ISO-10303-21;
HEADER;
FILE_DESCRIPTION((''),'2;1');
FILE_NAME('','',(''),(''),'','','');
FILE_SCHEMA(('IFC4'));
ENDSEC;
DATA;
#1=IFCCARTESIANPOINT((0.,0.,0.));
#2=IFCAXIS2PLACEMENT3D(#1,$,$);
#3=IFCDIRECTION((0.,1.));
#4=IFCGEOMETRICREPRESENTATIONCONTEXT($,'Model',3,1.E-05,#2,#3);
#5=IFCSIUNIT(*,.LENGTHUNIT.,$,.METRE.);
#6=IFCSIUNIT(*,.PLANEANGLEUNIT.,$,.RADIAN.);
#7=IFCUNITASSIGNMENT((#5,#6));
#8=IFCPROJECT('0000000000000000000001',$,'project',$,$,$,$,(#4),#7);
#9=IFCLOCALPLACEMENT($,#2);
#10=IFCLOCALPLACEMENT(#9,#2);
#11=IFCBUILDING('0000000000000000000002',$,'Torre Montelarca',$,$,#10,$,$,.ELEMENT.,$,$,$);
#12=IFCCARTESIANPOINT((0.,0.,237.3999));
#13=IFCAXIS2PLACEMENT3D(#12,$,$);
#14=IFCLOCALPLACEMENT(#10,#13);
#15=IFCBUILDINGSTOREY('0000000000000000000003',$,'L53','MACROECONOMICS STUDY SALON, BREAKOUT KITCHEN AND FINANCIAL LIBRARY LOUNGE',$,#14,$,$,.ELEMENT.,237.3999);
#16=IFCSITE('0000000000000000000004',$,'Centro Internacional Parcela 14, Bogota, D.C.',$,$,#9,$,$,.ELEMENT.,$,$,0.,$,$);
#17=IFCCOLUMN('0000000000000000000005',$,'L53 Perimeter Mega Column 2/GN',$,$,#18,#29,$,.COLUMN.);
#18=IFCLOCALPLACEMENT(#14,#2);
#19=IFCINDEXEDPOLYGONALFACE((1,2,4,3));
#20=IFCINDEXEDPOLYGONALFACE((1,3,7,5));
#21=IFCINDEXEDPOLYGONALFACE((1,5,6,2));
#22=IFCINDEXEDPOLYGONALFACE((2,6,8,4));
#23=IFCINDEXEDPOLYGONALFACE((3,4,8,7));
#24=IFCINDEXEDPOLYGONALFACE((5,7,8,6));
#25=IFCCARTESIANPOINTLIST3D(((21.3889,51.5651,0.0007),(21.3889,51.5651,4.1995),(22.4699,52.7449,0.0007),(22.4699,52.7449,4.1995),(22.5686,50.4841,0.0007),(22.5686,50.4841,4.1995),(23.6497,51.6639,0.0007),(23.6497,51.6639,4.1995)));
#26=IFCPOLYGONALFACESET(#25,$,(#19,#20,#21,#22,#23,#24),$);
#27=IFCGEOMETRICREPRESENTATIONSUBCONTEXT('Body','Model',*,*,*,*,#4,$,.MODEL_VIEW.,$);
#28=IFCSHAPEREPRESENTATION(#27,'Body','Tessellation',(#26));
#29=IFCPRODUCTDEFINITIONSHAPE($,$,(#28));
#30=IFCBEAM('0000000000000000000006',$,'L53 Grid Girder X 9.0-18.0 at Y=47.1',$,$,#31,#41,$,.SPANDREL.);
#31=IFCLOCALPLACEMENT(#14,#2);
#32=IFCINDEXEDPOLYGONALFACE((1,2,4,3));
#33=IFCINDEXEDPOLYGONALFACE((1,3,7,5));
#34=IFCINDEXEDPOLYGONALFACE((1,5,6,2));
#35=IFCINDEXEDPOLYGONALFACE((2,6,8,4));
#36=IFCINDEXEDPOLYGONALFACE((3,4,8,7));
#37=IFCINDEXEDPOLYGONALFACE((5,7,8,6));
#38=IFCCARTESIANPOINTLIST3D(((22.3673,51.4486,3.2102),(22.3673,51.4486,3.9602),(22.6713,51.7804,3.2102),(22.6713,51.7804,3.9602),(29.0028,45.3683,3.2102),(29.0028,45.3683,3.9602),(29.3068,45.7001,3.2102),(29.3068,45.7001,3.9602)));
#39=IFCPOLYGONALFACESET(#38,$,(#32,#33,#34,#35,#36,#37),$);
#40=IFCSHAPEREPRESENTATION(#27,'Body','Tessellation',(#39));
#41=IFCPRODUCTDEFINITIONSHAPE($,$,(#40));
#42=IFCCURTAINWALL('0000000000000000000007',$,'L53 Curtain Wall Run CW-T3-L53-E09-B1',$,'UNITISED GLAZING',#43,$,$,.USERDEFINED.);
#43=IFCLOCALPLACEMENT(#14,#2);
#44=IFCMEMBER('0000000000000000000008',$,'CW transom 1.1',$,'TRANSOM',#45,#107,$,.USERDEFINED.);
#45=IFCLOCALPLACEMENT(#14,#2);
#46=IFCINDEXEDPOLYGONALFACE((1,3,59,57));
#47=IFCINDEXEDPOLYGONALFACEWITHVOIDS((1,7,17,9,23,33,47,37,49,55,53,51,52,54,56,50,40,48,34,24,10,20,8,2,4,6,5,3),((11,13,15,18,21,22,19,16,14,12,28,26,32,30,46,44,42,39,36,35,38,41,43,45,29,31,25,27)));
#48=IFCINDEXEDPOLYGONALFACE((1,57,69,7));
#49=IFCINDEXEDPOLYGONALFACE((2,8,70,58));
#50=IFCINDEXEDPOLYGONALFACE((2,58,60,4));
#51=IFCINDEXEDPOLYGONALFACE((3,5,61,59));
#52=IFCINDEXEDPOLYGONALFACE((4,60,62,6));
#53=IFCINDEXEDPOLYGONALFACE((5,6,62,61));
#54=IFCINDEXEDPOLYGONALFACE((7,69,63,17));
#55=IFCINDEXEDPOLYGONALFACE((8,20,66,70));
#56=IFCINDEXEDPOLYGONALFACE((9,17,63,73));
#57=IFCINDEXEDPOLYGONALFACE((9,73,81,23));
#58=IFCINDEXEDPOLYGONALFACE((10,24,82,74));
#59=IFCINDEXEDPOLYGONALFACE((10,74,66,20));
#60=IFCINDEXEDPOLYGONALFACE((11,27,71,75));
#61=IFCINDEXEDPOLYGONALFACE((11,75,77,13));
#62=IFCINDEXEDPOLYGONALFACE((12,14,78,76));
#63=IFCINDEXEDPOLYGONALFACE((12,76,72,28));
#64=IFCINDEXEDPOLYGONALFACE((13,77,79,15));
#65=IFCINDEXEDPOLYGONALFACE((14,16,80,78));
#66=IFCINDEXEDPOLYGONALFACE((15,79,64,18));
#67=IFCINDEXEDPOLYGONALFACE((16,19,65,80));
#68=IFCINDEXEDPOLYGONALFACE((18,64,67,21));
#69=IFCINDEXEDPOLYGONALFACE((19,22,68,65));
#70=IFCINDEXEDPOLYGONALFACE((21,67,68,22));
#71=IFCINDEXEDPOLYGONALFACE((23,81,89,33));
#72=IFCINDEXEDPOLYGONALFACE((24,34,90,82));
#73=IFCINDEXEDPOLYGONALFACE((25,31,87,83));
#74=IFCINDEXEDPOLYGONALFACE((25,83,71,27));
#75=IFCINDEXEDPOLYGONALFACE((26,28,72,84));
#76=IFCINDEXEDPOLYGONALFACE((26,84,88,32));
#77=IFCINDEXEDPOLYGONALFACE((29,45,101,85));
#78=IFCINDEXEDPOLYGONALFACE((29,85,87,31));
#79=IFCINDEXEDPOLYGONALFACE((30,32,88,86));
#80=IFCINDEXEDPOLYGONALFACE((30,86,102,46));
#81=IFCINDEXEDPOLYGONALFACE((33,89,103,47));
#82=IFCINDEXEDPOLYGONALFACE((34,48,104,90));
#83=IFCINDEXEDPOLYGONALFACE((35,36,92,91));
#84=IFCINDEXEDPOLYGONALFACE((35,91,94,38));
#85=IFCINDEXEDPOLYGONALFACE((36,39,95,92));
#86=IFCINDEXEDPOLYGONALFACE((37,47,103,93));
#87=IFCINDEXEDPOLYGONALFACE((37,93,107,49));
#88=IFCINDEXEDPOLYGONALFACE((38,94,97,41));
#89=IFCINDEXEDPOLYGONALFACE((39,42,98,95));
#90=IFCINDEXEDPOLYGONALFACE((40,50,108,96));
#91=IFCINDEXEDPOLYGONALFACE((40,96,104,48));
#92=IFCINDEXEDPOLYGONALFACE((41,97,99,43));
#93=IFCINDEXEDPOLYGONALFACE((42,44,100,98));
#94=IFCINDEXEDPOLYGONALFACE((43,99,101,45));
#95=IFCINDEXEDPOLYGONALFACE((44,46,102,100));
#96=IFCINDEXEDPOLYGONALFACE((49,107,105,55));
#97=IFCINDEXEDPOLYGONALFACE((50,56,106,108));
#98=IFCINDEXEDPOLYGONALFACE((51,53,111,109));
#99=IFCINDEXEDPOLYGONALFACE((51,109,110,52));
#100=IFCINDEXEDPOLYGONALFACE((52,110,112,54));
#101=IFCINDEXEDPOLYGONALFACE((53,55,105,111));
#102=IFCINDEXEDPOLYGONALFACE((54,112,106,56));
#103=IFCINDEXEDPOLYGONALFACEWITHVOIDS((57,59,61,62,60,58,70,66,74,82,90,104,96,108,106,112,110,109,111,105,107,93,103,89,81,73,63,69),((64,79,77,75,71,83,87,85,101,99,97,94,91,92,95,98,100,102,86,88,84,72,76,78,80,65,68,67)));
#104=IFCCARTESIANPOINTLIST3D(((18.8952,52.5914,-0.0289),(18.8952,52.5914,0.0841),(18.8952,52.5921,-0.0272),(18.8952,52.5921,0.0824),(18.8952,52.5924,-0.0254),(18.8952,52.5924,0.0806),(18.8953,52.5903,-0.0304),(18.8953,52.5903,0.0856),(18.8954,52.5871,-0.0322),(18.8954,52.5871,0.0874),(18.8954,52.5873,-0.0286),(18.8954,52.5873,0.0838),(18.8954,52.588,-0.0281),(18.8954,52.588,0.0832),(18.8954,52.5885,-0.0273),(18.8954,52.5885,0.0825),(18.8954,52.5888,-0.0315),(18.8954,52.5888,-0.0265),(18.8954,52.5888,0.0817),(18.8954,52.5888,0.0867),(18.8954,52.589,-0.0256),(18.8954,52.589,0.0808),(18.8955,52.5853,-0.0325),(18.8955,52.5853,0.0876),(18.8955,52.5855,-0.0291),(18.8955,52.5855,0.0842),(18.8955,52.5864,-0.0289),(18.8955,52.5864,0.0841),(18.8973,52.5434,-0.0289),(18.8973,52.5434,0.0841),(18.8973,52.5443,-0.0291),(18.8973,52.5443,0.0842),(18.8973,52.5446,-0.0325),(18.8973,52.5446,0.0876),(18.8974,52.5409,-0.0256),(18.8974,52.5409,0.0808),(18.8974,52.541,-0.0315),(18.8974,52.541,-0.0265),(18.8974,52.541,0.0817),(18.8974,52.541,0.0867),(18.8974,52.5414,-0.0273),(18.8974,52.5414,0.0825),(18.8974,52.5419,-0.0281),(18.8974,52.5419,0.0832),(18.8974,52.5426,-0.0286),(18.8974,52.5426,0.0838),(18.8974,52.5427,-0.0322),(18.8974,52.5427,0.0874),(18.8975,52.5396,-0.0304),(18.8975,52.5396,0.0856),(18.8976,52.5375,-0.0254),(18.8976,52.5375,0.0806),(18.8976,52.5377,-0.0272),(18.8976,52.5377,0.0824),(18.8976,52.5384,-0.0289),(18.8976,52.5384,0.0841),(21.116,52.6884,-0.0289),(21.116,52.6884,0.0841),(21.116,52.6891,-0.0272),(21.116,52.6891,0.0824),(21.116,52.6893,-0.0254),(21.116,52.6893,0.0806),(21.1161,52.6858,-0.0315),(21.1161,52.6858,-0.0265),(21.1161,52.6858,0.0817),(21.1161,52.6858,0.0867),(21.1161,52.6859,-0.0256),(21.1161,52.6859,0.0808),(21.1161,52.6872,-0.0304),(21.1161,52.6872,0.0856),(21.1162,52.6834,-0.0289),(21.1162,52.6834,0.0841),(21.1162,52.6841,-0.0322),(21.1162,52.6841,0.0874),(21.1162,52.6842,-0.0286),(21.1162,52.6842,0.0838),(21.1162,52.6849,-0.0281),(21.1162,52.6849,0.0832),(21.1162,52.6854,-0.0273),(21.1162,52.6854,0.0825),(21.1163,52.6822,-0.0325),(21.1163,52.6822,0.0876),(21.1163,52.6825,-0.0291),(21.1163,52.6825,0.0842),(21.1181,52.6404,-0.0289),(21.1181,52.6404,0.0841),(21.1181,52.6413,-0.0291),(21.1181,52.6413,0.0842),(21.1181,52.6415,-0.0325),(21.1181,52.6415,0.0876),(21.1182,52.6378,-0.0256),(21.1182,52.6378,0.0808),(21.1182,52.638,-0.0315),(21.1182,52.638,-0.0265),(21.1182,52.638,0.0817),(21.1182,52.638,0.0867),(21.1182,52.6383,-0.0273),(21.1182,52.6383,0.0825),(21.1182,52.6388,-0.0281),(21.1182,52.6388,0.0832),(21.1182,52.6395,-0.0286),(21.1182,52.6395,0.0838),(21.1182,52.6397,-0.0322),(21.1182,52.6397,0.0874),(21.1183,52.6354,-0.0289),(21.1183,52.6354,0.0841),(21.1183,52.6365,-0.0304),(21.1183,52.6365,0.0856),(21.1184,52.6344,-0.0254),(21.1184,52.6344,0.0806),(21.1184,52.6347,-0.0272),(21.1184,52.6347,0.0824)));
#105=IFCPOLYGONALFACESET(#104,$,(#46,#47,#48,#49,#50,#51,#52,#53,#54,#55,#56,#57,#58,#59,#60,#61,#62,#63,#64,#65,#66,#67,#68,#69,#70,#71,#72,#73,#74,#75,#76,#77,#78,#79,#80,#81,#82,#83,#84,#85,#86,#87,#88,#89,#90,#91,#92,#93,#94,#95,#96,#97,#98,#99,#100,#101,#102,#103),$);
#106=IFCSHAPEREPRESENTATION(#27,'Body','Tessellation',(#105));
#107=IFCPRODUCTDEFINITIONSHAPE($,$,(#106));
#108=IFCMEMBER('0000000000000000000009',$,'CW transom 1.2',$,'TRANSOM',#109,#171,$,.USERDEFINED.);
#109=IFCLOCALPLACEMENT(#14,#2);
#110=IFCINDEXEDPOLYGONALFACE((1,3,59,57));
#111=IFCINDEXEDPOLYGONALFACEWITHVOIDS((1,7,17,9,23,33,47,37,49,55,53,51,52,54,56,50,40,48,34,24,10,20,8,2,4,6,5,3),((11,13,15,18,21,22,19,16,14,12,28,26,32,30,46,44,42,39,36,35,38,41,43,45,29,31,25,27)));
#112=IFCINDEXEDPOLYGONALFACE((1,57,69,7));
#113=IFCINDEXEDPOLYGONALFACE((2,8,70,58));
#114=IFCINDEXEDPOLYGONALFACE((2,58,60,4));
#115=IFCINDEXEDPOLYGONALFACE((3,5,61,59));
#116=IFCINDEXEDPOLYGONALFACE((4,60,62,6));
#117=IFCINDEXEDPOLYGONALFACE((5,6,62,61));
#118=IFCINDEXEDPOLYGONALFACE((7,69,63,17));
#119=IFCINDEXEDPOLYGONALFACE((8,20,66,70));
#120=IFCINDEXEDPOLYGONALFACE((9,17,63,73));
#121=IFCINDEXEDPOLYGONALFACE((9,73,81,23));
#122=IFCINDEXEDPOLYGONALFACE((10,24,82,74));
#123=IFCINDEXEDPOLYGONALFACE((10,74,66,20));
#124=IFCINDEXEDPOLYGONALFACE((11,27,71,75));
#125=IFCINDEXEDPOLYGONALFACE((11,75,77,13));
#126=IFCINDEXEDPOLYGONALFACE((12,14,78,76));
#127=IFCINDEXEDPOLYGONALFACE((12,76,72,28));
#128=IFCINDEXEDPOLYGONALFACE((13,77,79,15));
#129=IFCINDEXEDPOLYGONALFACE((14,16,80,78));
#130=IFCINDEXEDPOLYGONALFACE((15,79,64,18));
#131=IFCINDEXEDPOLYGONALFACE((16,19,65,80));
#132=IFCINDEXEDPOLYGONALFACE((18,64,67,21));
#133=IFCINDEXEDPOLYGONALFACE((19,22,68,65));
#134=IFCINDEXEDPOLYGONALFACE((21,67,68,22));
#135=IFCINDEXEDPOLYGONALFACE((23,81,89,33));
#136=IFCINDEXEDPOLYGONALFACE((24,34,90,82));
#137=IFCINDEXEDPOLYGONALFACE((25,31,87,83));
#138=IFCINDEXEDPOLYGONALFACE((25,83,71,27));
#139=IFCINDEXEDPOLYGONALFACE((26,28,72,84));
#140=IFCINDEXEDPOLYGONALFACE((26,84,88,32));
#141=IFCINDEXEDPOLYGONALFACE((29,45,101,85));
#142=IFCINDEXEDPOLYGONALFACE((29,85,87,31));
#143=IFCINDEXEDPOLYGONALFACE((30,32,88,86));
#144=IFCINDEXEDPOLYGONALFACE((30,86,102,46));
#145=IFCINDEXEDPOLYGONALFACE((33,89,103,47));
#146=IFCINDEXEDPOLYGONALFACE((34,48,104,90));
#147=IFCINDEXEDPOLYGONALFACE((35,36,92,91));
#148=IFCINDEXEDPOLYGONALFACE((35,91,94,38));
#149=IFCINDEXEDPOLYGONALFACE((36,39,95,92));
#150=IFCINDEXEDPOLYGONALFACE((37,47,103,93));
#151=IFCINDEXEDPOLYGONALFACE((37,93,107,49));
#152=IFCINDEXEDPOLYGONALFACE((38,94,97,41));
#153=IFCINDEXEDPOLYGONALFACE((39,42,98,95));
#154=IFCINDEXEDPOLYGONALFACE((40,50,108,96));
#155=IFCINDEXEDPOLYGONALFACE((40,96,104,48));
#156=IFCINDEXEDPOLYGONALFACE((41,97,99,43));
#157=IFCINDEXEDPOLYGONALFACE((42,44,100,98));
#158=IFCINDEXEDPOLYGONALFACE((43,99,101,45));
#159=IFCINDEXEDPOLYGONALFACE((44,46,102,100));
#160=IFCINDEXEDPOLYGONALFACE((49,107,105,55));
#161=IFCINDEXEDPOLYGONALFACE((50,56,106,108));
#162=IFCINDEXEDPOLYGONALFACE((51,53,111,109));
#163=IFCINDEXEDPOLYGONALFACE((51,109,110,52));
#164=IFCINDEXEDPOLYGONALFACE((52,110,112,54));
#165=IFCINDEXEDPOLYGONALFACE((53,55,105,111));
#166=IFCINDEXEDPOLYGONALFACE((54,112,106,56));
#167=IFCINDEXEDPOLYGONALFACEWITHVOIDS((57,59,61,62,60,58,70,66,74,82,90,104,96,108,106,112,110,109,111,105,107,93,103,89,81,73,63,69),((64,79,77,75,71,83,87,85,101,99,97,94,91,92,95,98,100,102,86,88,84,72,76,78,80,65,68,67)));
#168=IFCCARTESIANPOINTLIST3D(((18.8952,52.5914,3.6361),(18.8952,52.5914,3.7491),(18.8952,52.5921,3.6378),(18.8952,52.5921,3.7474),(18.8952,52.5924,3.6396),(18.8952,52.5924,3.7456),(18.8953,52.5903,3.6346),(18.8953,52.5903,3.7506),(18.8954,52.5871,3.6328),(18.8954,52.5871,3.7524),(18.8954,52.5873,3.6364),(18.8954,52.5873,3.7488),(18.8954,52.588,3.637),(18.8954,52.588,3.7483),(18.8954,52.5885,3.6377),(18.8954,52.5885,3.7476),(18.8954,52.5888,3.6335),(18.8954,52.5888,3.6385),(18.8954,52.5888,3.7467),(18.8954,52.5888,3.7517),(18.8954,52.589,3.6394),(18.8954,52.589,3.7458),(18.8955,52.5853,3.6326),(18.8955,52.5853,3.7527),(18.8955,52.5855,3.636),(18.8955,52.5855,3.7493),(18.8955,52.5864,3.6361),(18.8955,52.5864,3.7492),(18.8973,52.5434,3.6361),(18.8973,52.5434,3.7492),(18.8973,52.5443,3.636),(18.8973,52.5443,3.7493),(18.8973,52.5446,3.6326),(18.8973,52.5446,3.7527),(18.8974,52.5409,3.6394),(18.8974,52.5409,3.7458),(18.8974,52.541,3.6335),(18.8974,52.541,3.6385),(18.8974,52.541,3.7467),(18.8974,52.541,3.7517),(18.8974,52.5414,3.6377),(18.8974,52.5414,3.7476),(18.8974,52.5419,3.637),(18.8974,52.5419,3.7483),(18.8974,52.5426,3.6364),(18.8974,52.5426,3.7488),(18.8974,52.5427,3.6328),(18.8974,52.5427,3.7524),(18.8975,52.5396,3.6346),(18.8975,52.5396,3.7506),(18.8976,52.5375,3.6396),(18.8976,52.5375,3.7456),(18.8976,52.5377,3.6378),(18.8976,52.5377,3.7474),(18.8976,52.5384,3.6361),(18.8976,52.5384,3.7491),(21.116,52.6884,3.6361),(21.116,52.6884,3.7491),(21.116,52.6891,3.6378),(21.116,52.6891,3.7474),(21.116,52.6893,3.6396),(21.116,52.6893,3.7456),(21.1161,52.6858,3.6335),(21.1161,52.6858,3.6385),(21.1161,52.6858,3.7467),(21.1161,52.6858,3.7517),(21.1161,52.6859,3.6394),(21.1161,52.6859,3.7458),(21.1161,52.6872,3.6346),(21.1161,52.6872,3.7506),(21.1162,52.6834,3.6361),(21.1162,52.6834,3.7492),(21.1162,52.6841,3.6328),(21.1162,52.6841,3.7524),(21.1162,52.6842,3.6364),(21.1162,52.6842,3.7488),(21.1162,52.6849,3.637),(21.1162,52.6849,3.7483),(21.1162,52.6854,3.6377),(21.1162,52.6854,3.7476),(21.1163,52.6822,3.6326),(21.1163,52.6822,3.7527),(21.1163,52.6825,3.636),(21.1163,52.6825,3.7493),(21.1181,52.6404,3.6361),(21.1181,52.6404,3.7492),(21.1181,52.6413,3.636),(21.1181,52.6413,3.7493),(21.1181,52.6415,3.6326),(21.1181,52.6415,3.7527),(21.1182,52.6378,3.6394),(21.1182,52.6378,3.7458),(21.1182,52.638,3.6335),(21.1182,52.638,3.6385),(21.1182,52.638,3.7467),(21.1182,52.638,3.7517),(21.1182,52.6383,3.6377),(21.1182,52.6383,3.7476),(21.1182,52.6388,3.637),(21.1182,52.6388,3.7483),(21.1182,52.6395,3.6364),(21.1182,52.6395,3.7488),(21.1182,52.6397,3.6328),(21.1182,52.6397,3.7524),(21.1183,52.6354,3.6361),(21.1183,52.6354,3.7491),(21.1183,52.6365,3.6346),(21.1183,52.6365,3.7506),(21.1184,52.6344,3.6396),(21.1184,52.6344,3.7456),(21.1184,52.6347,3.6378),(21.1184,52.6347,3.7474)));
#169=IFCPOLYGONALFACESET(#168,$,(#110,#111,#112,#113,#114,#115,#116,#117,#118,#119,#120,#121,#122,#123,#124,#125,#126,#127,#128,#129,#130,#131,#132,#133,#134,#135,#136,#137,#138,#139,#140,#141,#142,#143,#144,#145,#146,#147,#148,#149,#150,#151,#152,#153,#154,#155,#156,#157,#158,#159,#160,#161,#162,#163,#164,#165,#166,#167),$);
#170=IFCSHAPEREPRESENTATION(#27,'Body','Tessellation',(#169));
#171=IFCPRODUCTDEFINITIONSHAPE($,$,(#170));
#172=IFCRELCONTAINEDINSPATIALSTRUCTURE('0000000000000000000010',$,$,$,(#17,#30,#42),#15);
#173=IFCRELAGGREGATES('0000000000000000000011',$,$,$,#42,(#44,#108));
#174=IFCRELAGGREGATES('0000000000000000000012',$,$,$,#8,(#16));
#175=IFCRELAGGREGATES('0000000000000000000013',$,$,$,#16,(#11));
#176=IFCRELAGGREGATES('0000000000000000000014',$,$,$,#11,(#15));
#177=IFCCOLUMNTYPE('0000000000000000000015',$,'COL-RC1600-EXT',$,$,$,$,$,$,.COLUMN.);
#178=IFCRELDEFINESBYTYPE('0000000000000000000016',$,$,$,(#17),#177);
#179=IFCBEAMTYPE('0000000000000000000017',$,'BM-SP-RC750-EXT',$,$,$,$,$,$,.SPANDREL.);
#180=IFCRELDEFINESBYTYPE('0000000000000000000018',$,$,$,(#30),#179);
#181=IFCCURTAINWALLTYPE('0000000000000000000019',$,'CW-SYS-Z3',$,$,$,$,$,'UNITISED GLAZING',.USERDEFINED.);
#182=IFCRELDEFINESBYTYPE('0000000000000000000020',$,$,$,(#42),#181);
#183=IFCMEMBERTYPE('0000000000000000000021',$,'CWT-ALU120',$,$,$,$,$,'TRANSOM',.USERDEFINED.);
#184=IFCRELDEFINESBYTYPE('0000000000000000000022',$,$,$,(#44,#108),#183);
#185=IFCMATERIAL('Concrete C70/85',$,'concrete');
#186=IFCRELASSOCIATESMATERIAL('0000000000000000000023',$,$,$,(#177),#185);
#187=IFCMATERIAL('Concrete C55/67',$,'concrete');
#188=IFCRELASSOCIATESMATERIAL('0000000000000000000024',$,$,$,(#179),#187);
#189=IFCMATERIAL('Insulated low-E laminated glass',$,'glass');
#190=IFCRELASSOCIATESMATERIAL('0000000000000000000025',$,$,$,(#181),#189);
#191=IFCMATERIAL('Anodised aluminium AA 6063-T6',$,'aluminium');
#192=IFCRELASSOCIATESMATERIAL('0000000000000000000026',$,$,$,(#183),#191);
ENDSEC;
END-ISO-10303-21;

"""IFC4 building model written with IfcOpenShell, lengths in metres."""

from ifc_helpers import new_model, si_unit, direction, frame, origin, origin_2d, place, context, subcontext, project, spatial, rectangle, hollow_rectangle, extrude, source, transform, mapped, material, material_profile, profile_set, type_object, element, aggregate, save


model = new_model("IFC4")

# Units and contexts
model_context = context("Model", 3, precision=1e-05, world=origin(), true_north=direction((0.0, 1.0)))
body_context = subcontext(model_context, "Body", "Model", "MODEL_VIEW")
ifc_project = project(units=[si_unit("LENGTHUNIT", "METRE"), si_unit("PLANEANGLEUNIT", "RADIAN")], contexts=[model_context])

# Site, building, storey
site_placement = place(None, origin())
site = spatial("IfcSite", under=ifc_project, at=site_placement, Name="Centro Internacional Parcela 14, Bogota, D.C.", CompositionType="ELEMENT", RefElevation=0.0)
building_placement = place(site_placement, origin())
building = spatial("IfcBuilding", under=site, at=building_placement, Name="Torre Montelarca", CompositionType="ELEMENT")
storey_placement = place(building_placement, frame((0.0, 0.0, 237.3999)))
storey = spatial("IfcBuildingStorey", under=building, at=storey_placement, Name="L53", Description="MACROECONOMICS STUDY SALON, BREAKOUT KITCHEN AND FINANCIAL LIBRARY LOUNGE", CompositionType="ELEMENT", Elevation=237.3999)

# Column
ifc_material_1 = material(Name="Concrete C70/85", Category="concrete")
ifc_material_profile_1 = material_profile(ifc_material_1, rectangle(XDim=1.6001, YDim=1.6001, at=origin_2d()), Name="RC1600X1600", Category="concrete")
ifc_profile_set_1 = profile_set([ifc_material_profile_1], Name="Concrete C70/85")
column_type = type_object("IfcColumnType", Name="COL-RC1600-EXT", PredefinedType="COLUMN", material=ifc_profile_set_1)
shared_shape_1 = source(origin(), body_context, "Body", "SweptSolid", [
    extrude(rectangle(XDim=1.6001, YDim=1.6001, at=origin_2d()), origin(), (0.0, 0.0, 1.0), 4.1987),
])
column_placement = place(storey_placement, frame((22.5193, 51.6145, 0.0007), z_axis=(0.0, 0.0, 1.0), x_axis=(-0.737277, 0.67559, 0.0)))
element("IfcColumn", 1, at=column_placement, inside=storey, type_object=column_type, Name="L53 Perimeter Mega Column 2/GN", PredefinedType="COLUMN", context=body_context, shape_type="MappedRepresentation", body=[
    mapped(shared_shape_1, transform((0.0, 0.0, 0.0), scale=1.0)),
])

# Beam
ifc_material_2 = material(Name="Concrete C55/67", Category="concrete")
ifc_material_profile_2 = material_profile(ifc_material_2, rectangle(XDim=0.45, YDim=0.75, at=origin_2d()), Name="RCB450X750", Category="concrete")
ifc_profile_set_2 = profile_set([ifc_material_profile_2], Name="Concrete C55/67")
beam_type = type_object("IfcBeamType", Name="BM-SP-RC750-EXT", PredefinedType="SPANDREL", material=ifc_profile_set_2)
shared_shape_2 = source(origin(), body_context, "Body", "SweptSolid", [
    extrude(rectangle(XDim=0.45, YDim=0.75, at=origin_2d()), origin(), (0.0, 0.0, 1.0), 9.0),
])
beam_placement = place(storey_placement, frame((22.5193, 51.6145, 3.5852), z_axis=(0.737277, -0.675591, 0.0), x_axis=(0.675591, 0.737277, 0.0)))
element("IfcBeam", 2, at=beam_placement, inside=storey, type_object=beam_type, Name="L53 Grid Girder X 9.0-18.0 at Y=47.1", PredefinedType="SPANDREL", context=body_context, shape_type="MappedRepresentation", body=[
    mapped(shared_shape_2, transform((0.0, 0.0, 0.0), scale=1.0)),
])

# Curtain wall, members
ifc_material_3 = material(Name="Insulated low-E laminated glass", Category="glass")
curtain_wall_type = type_object("IfcCurtainWallType", Name="CW-SYS-Z3", ElementType="UNITISED GLAZING", PredefinedType="USERDEFINED", material=ifc_material_3)
curtain_wall_1_placement = place(storey_placement, origin())
curtain_wall_1 = element("IfcCurtainWall", 3, at=curtain_wall_1_placement, inside=storey, type_object=curtain_wall_type, Name="L53 Curtain Wall Run CW-T3-L53-E09-B1", ObjectType="UNITISED GLAZING", PredefinedType="USERDEFINED")
ifc_material_4 = material(Name="Anodised aluminium AA 6063-T6", Category="aluminium")
ifc_material_profile_3 = material_profile(ifc_material_4, hollow_rectangle(XDim=0.0549, YDim=0.1201, WallThickness=0.0034, InnerFilletRadius=0.0034, OuterFilletRadius=0.0071, at=origin_2d()), Name="ALU55X120X3.5", Category="aluminium")
ifc_profile_set_3 = profile_set([ifc_material_profile_3], Name="Anodised aluminium AA 6063-T6")
member_type_1 = type_object("IfcMemberType", Name="CWT-ALU120", ElementType="TRANSOM", PredefinedType="USERDEFINED", material=ifc_profile_set_3)
shared_shape_3 = source(origin(), body_context, "Body", "SweptSolid", [
    extrude(hollow_rectangle(XDim=0.0549, YDim=0.1201, WallThickness=0.0034, InnerFilletRadius=0.0034, OuterFilletRadius=0.0071, at=origin_2d()), origin(), (0.0, 0.0, 1.0), 2.2229),
])
member_1_placement = place(storey_placement, frame((21.1172, 52.6619, 0.0276), z_axis=(-0.999049, -0.043604, 0.0), x_axis=(0.043604, -0.999049, 0.0)))
member_1 = element("IfcMember", 4, at=member_1_placement, type_object=member_type_1, Name="CW transom 1.1", ObjectType="TRANSOM", PredefinedType="USERDEFINED", context=body_context, shape_type="MappedRepresentation", body=[
    mapped(shared_shape_3, transform((0.0, 0.0, 0.0), scale=1.0)),
])
member_2_placement = place(storey_placement, frame((21.1172, 52.6619, 3.6926), z_axis=(-0.999049, -0.043604, 0.0), x_axis=(0.043604, -0.999049, 0.0)))
member_2 = element("IfcMember", 5, at=member_2_placement, type_object=member_type_1, Name="CW transom 1.2", ObjectType="TRANSOM", PredefinedType="USERDEFINED", context=body_context, shape_type="MappedRepresentation", body=[
    mapped(shared_shape_3, transform((0.0, 0.0, 0.0), scale=1.0)),
])

aggregate(curtain_wall_1, [member_1, member_2])

save(model, "model.ifc")
